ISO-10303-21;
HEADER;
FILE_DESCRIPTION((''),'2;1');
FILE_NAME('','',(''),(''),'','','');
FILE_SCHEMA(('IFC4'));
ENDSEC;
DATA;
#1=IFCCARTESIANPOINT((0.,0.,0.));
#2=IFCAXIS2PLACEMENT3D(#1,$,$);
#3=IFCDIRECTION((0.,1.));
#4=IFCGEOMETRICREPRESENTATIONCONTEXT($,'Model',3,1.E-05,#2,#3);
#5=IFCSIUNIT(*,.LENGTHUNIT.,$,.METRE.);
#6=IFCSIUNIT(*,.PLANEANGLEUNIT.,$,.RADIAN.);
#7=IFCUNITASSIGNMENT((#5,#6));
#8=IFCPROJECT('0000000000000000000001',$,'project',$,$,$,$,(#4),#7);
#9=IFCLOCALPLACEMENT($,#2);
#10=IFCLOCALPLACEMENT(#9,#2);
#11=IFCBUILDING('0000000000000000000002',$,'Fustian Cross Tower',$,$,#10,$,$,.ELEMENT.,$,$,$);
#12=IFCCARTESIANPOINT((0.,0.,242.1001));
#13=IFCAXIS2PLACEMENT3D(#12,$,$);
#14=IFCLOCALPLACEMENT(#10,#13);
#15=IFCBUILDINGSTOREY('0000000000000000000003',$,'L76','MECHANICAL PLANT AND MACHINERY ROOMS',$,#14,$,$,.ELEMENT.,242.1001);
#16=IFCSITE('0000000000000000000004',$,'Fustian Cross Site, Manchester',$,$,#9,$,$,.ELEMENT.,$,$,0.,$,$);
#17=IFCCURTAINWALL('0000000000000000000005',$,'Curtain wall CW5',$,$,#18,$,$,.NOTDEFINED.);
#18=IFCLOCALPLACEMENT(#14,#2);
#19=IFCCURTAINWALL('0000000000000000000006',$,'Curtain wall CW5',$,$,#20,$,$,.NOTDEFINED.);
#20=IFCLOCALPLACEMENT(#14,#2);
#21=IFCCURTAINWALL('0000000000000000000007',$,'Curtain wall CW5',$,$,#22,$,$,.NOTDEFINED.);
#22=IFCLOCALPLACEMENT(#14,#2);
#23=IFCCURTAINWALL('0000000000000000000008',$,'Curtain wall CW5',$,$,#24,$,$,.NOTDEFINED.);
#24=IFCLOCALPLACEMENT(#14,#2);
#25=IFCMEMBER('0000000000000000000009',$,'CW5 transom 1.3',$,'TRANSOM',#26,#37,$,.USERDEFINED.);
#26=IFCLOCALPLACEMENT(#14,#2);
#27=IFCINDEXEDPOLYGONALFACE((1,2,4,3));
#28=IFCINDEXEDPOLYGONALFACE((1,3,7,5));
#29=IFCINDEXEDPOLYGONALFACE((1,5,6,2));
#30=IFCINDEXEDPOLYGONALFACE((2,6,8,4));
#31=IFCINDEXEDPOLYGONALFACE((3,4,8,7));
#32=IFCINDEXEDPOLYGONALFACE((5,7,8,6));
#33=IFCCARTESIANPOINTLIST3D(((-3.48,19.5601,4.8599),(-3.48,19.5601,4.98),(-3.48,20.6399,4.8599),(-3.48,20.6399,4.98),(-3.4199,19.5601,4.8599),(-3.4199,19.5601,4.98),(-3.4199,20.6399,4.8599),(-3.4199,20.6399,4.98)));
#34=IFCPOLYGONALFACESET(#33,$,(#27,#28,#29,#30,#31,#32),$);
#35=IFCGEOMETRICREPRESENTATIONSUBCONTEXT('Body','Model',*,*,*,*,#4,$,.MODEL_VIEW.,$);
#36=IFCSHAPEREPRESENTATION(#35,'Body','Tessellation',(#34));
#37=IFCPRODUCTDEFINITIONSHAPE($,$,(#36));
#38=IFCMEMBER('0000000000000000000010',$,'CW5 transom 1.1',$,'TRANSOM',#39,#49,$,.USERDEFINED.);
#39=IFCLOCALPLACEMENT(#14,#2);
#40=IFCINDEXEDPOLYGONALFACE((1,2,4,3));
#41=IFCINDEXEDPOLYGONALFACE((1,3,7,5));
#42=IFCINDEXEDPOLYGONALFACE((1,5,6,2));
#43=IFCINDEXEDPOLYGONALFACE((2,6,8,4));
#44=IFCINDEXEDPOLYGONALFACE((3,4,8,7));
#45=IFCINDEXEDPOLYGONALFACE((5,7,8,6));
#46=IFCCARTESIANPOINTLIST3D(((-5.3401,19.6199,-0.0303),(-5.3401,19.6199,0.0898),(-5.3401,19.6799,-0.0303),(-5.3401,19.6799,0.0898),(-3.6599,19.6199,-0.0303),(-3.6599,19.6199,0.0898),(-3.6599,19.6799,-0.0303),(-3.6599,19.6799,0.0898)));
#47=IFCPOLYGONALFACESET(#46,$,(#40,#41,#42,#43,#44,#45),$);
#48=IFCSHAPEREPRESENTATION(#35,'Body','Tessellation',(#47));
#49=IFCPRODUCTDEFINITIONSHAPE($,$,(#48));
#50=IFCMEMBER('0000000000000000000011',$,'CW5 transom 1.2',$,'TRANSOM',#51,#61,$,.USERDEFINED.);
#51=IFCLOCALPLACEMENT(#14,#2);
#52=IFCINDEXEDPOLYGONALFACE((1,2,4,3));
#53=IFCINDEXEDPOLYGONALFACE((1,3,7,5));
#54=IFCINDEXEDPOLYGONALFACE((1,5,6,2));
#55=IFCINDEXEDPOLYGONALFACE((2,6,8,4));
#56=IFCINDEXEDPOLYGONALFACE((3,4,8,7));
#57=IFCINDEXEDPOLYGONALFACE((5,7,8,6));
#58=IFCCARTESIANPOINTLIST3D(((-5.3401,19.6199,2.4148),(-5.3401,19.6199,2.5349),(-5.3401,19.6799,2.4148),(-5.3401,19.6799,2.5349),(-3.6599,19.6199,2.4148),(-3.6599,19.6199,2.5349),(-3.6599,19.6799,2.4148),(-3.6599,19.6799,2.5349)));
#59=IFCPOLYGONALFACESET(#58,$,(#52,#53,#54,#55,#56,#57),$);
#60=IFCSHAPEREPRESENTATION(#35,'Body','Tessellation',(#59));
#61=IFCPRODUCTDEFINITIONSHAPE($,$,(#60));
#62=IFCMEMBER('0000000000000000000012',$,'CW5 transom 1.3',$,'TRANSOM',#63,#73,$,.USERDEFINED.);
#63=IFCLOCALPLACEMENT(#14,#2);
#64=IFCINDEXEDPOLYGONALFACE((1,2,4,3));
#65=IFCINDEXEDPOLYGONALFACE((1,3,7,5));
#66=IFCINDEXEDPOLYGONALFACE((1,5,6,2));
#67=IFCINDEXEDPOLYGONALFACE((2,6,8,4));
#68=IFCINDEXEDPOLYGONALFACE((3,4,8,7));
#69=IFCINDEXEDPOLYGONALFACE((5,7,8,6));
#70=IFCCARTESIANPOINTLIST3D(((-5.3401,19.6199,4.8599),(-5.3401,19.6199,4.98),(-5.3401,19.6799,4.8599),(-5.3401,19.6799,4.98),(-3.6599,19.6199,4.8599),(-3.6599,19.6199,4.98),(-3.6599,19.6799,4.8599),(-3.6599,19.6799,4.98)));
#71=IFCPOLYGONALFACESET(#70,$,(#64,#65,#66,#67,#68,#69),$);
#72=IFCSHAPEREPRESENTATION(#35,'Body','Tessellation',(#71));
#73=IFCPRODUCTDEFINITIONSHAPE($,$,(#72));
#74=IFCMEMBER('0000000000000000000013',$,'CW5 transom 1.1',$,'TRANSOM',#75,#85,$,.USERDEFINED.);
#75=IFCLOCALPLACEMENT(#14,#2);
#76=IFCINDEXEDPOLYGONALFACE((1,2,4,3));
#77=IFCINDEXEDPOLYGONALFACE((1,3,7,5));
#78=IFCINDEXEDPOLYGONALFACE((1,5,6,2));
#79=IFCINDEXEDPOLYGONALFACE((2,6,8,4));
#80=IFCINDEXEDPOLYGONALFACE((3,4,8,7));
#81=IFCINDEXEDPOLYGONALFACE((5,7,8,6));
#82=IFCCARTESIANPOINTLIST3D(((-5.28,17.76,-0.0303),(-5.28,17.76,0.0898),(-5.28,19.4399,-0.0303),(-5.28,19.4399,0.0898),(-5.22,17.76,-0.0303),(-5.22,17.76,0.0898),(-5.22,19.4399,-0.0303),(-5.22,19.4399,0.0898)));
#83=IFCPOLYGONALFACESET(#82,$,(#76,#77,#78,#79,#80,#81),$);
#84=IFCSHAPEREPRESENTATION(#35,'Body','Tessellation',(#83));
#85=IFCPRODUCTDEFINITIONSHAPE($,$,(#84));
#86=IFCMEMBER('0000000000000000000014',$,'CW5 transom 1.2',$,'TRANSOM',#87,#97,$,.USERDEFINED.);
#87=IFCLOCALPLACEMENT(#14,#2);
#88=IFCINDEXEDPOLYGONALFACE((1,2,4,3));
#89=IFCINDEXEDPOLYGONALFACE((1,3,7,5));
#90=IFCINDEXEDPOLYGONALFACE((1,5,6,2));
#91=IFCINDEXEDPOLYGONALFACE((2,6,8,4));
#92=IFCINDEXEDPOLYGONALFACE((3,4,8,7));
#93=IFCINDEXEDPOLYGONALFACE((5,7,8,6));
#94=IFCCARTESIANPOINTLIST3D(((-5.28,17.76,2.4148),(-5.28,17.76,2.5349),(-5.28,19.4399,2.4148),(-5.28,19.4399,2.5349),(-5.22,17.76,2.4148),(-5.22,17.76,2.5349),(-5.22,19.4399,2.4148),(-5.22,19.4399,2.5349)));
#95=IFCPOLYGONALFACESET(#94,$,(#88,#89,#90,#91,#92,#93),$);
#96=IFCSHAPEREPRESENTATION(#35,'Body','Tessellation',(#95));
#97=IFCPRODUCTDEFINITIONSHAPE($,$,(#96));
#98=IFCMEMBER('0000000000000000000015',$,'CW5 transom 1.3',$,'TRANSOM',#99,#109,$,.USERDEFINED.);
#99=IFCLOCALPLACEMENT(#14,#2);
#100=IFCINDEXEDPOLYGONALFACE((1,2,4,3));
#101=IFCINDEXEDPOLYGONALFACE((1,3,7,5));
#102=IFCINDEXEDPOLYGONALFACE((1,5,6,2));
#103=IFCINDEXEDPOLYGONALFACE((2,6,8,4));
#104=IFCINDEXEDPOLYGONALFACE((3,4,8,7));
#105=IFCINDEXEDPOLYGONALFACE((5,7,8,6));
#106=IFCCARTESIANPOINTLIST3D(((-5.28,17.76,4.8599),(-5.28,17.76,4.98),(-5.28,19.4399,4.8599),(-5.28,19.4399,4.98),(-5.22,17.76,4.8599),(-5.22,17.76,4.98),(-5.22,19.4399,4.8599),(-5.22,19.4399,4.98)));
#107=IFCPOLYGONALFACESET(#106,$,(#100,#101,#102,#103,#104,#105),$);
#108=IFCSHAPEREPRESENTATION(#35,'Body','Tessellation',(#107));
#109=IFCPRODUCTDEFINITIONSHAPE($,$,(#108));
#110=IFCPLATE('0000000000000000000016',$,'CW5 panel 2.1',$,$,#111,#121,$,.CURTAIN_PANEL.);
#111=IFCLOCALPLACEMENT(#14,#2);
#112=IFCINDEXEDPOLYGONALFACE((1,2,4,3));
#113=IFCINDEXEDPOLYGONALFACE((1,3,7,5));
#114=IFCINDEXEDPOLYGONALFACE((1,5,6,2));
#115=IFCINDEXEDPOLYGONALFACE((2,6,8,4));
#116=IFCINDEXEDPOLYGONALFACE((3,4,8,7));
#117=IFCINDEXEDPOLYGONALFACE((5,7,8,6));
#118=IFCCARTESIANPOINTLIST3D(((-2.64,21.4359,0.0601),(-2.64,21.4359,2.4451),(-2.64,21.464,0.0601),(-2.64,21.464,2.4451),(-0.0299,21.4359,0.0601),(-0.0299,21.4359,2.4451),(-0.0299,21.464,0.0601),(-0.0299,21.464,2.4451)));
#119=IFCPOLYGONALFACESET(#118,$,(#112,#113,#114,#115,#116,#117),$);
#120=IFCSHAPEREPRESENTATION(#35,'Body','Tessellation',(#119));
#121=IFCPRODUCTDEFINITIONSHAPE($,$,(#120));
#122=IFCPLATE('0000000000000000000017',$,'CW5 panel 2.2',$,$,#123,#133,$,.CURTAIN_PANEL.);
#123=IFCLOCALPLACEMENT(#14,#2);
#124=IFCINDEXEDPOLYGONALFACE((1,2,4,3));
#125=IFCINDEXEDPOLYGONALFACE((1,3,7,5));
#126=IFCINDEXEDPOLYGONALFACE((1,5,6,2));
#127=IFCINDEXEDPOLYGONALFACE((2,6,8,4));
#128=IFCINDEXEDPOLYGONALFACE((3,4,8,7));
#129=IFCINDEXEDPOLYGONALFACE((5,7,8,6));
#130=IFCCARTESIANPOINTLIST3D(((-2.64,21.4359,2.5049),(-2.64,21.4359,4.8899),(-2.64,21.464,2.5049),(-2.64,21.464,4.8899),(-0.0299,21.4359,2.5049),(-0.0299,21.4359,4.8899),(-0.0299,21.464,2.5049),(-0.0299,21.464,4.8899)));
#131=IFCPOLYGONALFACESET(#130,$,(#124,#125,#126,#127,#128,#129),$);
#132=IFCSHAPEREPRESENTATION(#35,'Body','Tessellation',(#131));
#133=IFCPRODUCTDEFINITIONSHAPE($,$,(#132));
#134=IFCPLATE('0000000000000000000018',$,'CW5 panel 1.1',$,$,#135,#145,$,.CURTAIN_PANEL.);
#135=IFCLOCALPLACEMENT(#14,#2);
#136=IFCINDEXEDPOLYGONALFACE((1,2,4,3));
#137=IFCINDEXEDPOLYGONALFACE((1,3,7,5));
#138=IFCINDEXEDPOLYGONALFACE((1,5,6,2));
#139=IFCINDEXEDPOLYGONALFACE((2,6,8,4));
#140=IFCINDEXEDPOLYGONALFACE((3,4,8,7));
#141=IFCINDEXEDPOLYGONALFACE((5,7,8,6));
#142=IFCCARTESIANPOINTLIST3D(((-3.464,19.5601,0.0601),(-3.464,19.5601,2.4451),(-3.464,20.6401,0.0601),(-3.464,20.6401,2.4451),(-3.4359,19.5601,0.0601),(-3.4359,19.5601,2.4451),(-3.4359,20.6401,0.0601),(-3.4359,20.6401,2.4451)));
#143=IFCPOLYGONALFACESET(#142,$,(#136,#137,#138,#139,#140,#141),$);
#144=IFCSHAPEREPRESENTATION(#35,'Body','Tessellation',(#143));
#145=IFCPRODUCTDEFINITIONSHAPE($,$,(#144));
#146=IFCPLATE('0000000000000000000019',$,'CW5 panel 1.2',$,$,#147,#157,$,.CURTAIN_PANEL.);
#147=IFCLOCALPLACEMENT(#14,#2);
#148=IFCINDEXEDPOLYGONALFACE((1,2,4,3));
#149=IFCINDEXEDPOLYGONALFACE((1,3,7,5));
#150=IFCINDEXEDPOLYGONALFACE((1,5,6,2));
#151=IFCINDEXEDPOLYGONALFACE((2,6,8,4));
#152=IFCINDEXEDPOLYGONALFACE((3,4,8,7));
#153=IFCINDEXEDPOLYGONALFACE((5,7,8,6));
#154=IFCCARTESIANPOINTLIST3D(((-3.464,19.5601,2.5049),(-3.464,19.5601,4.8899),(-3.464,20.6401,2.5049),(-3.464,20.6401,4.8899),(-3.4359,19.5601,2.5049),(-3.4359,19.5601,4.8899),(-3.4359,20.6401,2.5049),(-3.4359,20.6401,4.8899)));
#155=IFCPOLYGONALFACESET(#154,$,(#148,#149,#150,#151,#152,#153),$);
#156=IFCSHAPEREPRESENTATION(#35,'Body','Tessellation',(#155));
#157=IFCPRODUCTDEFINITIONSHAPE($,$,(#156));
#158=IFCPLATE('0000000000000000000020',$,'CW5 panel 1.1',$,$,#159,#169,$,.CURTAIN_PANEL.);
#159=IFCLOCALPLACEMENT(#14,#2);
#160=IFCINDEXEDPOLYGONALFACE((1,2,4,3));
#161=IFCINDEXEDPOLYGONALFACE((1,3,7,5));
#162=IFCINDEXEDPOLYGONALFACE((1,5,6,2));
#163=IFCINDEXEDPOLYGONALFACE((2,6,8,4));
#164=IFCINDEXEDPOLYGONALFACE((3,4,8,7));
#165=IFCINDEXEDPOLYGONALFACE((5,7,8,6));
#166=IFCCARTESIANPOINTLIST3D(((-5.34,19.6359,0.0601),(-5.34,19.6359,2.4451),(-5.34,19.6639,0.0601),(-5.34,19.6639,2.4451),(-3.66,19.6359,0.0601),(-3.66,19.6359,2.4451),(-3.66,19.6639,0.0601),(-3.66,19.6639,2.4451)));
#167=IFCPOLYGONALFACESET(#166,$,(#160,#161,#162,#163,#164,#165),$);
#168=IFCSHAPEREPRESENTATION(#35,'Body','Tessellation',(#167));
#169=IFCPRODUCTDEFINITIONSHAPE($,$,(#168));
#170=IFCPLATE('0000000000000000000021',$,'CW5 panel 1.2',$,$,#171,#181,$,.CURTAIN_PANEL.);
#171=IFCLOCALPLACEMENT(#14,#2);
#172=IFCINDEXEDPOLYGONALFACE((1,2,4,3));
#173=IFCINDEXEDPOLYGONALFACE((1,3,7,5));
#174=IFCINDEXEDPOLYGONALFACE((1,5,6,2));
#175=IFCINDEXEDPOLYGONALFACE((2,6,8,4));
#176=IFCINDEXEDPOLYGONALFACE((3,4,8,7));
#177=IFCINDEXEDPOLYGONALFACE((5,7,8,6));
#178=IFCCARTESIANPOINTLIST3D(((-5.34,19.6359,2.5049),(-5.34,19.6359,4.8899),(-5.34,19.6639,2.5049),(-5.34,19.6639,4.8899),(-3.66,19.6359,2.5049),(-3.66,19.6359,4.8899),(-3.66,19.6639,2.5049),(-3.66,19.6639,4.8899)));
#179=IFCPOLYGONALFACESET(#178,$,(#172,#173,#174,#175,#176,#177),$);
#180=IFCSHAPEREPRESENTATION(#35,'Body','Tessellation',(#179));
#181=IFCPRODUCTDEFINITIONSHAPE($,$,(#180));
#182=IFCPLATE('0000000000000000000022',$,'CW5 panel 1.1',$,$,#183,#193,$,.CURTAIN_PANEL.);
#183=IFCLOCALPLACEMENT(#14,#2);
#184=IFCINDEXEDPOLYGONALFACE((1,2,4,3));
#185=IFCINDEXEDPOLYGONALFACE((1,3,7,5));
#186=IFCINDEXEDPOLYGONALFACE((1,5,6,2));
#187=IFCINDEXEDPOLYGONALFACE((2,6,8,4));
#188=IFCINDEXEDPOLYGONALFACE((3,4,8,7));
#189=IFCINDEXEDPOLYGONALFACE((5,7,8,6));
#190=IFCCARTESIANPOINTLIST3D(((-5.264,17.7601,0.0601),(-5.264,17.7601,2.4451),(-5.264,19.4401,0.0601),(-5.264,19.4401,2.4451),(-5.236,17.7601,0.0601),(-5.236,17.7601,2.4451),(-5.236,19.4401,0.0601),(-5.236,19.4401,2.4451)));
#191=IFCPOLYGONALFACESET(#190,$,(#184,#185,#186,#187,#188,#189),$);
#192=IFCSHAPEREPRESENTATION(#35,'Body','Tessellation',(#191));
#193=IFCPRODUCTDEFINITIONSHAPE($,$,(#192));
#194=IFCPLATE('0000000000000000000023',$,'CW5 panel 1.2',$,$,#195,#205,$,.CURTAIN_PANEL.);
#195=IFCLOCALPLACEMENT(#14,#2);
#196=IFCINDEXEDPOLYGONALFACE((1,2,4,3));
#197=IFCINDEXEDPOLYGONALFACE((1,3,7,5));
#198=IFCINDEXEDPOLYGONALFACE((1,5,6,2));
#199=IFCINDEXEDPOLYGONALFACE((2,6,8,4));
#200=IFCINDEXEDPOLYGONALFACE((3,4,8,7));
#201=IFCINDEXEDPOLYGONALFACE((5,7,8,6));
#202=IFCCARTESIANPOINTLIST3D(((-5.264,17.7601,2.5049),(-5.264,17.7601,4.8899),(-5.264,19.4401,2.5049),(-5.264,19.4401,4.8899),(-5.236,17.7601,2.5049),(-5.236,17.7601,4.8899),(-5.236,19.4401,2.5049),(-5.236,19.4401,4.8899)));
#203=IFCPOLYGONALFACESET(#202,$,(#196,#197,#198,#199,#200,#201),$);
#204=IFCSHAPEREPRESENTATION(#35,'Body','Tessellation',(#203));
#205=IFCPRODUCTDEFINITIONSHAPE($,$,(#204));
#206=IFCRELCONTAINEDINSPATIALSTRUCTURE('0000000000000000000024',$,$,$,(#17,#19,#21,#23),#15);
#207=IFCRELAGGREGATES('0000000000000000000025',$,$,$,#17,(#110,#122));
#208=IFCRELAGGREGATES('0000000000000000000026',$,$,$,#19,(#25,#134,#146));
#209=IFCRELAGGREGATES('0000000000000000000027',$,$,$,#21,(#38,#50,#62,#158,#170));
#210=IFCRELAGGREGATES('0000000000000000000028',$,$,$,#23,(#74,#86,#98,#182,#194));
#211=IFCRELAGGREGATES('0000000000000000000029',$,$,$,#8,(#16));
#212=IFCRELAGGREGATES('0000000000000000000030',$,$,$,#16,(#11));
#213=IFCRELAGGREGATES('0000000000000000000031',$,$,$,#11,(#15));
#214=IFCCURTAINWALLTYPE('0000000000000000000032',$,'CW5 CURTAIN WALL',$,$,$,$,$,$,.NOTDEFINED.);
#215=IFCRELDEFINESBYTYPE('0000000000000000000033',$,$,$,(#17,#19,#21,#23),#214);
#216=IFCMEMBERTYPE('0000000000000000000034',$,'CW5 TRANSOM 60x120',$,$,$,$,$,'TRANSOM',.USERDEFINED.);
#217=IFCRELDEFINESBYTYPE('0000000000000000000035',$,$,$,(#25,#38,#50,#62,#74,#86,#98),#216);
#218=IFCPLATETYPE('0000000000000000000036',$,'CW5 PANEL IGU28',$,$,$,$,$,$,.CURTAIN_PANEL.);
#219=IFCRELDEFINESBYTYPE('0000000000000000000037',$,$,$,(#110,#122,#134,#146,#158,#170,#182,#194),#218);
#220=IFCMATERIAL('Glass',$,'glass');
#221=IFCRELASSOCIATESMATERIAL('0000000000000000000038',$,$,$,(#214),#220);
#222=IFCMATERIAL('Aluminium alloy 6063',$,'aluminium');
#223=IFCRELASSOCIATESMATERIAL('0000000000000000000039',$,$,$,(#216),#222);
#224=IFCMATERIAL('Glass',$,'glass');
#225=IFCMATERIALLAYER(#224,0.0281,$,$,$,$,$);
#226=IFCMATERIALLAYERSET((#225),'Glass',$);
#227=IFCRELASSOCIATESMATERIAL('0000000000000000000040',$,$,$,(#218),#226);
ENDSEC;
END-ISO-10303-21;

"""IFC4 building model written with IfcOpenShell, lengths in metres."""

from ifc_helpers import new_model, si_unit, direction, frame, origin, origin_2d, place, context, subcontext, project, spatial, rectangle, extrude, material, layer, layer_set, material_profile, profile_set, type_object, element, aggregate, save


model = new_model("IFC4")

# Units and contexts
model_context = context("Model", 3, precision=1e-05, world=origin(), true_north=direction((0.0, 1.0)))
body_context = subcontext(model_context, "Body", "Model", "MODEL_VIEW")
ifc_project = project(units=[si_unit("LENGTHUNIT", "METRE"), si_unit("PLANEANGLEUNIT", "RADIAN")], contexts=[model_context])

# Site, building, storey
site_placement = place(None, origin())
site = spatial("IfcSite", under=ifc_project, at=site_placement, Name="Fustian Cross Site, Manchester", CompositionType="ELEMENT", RefElevation=0.0)
building_placement = place(site_placement, origin())
building = spatial("IfcBuilding", under=site, at=building_placement, Name="Fustian Cross Tower", CompositionType="ELEMENT")
storey_placement = place(building_placement, frame((0.0, 0.0, 242.1001)))
storey = spatial("IfcBuildingStorey", under=building, at=storey_placement, Name="L76", Description="MECHANICAL PLANT AND MACHINERY ROOMS", CompositionType="ELEMENT", Elevation=242.1001)

# Curtain walls
ifc_material_1 = material(Name="Glass", Category="glass")
curtain_wall_type = type_object("IfcCurtainWallType", Name="CW5 CURTAIN WALL", PredefinedType="NOTDEFINED", material=ifc_material_1)
curtain_wall_1_placement = place(storey_placement, origin())
curtain_wall_1 = element("IfcCurtainWall", 1, at=curtain_wall_1_placement, inside=storey, type_object=curtain_wall_type, Name="Curtain wall CW5", PredefinedType="NOTDEFINED")
curtain_wall_2_placement = place(storey_placement, origin())
curtain_wall_2 = element("IfcCurtainWall", 2, at=curtain_wall_2_placement, inside=storey, type_object=curtain_wall_type, Name="Curtain wall CW5", PredefinedType="NOTDEFINED")
curtain_wall_3_placement = place(storey_placement, origin())
curtain_wall_3 = element("IfcCurtainWall", 3, at=curtain_wall_3_placement, inside=storey, type_object=curtain_wall_type, Name="Curtain wall CW5", PredefinedType="NOTDEFINED")
curtain_wall_4_placement = place(storey_placement, origin())
curtain_wall_4 = element("IfcCurtainWall", 4, at=curtain_wall_4_placement, inside=storey, type_object=curtain_wall_type, Name="Curtain wall CW5", PredefinedType="NOTDEFINED")

# Members
ifc_material_2 = material(Name="Aluminium alloy 6063", Category="aluminium")
ifc_material_profile_1 = material_profile(ifc_material_2, rectangle(XDim=0.0601, YDim=0.1201, at=origin_2d()), Name="CW5 TRANSOM 60x120")
ifc_profile_set_1 = profile_set([ifc_material_profile_1], Name="Aluminium alloy 6063")
member_type_1 = type_object("IfcMemberType", Name="CW5 TRANSOM 60x120", ElementType="TRANSOM", PredefinedType="USERDEFINED", material=ifc_profile_set_1)
member_1_placement = place(storey_placement, frame((-3.45, 20.6399, 4.9199), z_axis=(0.0, -1.0, 0.0), x_axis=(1.0, 0.0, 0.0)))
member_1 = element("IfcMember", 5, at=member_1_placement, type_object=member_type_1, Name="CW5 transom 1.3", ObjectType="TRANSOM", PredefinedType="USERDEFINED", context=body_context, shape_type="SweptSolid", body=[
    extrude(rectangle(XDim=0.0601, YDim=0.1201, at=origin_2d()), origin(), (0.0, 0.0, 1.0), 1.0798),
])
member_2_placement = place(storey_placement, frame((-3.6599, 19.6499, 0.0298), z_axis=(-1.0, 0.0, 0.0), x_axis=(0.0, -1.0, 0.0)))
member_2 = element("IfcMember", 6, at=member_2_placement, type_object=member_type_1, Name="CW5 transom 1.1", ObjectType="TRANSOM", PredefinedType="USERDEFINED", context=body_context, shape_type="SweptSolid", body=[
    extrude(rectangle(XDim=0.0601, YDim=0.1201, at=origin_2d()), origin(), (0.0, 0.0, 1.0), 1.6802),
])
member_3_placement = place(storey_placement, frame((-3.6599, 19.6499, 2.4749), z_axis=(-1.0, 0.0, 0.0), x_axis=(0.0, -1.0, 0.0)))
member_3 = element("IfcMember", 7, at=member_3_placement, type_object=member_type_1, Name="CW5 transom 1.2", ObjectType="TRANSOM", PredefinedType="USERDEFINED", context=body_context, shape_type="SweptSolid", body=[
    extrude(rectangle(XDim=0.0601, YDim=0.1201, at=origin_2d()), origin(), (0.0, 0.0, 1.0), 1.6802),
])
member_4_placement = place(storey_placement, frame((-3.6599, 19.6499, 4.9199), z_axis=(-1.0, 0.0, 0.0), x_axis=(0.0, -1.0, 0.0)))
member_4 = element("IfcMember", 8, at=member_4_placement, type_object=member_type_1, Name="CW5 transom 1.3", ObjectType="TRANSOM", PredefinedType="USERDEFINED", context=body_context, shape_type="SweptSolid", body=[
    extrude(rectangle(XDim=0.0601, YDim=0.1201, at=origin_2d()), origin(), (0.0, 0.0, 1.0), 1.6802),
])
member_5_placement = place(storey_placement, frame((-5.25, 19.4399, 0.0298), z_axis=(0.0, -1.0, 0.0), x_axis=(1.0, 0.0, 0.0)))
member_5 = element("IfcMember", 9, at=member_5_placement, type_object=member_type_1, Name="CW5 transom 1.1", ObjectType="TRANSOM", PredefinedType="USERDEFINED", context=body_context, shape_type="SweptSolid", body=[
    extrude(rectangle(XDim=0.0601, YDim=0.1201, at=origin_2d()), origin(), (0.0, 0.0, 1.0), 1.6799),
])
member_6_placement = place(storey_placement, frame((-5.25, 19.4399, 2.4749), z_axis=(0.0, -1.0, 0.0), x_axis=(1.0, 0.0, 0.0)))
member_6 = element("IfcMember", 10, at=member_6_placement, type_object=member_type_1, Name="CW5 transom 1.2", ObjectType="TRANSOM", PredefinedType="USERDEFINED", context=body_context, shape_type="SweptSolid", body=[
    extrude(rectangle(XDim=0.0601, YDim=0.1201, at=origin_2d()), origin(), (0.0, 0.0, 1.0), 1.6799),
])
member_7_placement = place(storey_placement, frame((-5.25, 19.4399, 4.9199), z_axis=(0.0, -1.0, 0.0), x_axis=(1.0, 0.0, 0.0)))
member_7 = element("IfcMember", 11, at=member_7_placement, type_object=member_type_1, Name="CW5 transom 1.3", ObjectType="TRANSOM", PredefinedType="USERDEFINED", context=body_context, shape_type="SweptSolid", body=[
    extrude(rectangle(XDim=0.0601, YDim=0.1201, at=origin_2d()), origin(), (0.0, 0.0, 1.0), 1.6799),
])

# Plates
ifc_material_3 = material(Name="Glass", Category="glass")
ifc_layer_1 = layer(ifc_material_3, 0.0281)
ifc_layer_set_1 = layer_set([ifc_layer_1], Name="Glass")
plate_type = type_object("IfcPlateType", Name="CW5 PANEL IGU28", PredefinedType="CURTAIN_PANEL", material=ifc_layer_set_1)
plate_1_placement = place(storey_placement, frame((-1.335, 21.45, 0.0601), z_axis=(0.0, 0.0, 1.0), x_axis=(-1.0, 0.0, 0.0)))
plate_1 = element("IfcPlate", 12, at=plate_1_placement, type_object=plate_type, Name="CW5 panel 2.1", PredefinedType="CURTAIN_PANEL", context=body_context, shape_type="SweptSolid", body=[
    extrude(rectangle(XDim=2.6101, YDim=0.0281, at=origin_2d()), origin(), (0.0, 0.0, 1.0), 2.385),
])
plate_2_placement = place(storey_placement, frame((-1.335, 21.45, 2.5049), z_axis=(0.0, 0.0, 1.0), x_axis=(-1.0, 0.0, 0.0)))
plate_2 = element("IfcPlate", 13, at=plate_2_placement, type_object=plate_type, Name="CW5 panel 2.2", PredefinedType="CURTAIN_PANEL", context=body_context, shape_type="SweptSolid", body=[
    extrude(rectangle(XDim=2.6101, YDim=0.0281, at=origin_2d()), origin(), (0.0, 0.0, 1.0), 2.385),
])
aggregate(curtain_wall_1, [plate_1, plate_2])
plate_3_placement = place(storey_placement, frame((-3.45, 20.1001, 0.0601), z_axis=(0.0, 0.0, 1.0), x_axis=(0.0, -1.0, 0.0)))
plate_3 = element("IfcPlate", 14, at=plate_3_placement, type_object=plate_type, Name="CW5 panel 1.1", PredefinedType="CURTAIN_PANEL", context=body_context, shape_type="SweptSolid", body=[
    extrude(rectangle(XDim=1.0801, YDim=0.0281, at=origin_2d()), origin(), (0.0, 0.0, 1.0), 2.385),
])
plate_4_placement = place(storey_placement, frame((-3.45, 20.1001, 2.5049), z_axis=(0.0, 0.0, 1.0), x_axis=(0.0, -1.0, 0.0)))
plate_4 = element("IfcPlate", 15, at=plate_4_placement, type_object=plate_type, Name="CW5 panel 1.2", PredefinedType="CURTAIN_PANEL", context=body_context, shape_type="SweptSolid", body=[
    extrude(rectangle(XDim=1.0801, YDim=0.0281, at=origin_2d()), origin(), (0.0, 0.0, 1.0), 2.385),
])
aggregate(curtain_wall_2, [member_1, plate_3, plate_4])
plate_5_placement = place(storey_placement, frame((-4.5, 19.6499, 0.0601), z_axis=(0.0, 0.0, 1.0), x_axis=(-1.0, 0.0, 0.0)))
plate_5 = element("IfcPlate", 16, at=plate_5_placement, type_object=plate_type, Name="CW5 panel 1.1", PredefinedType="CURTAIN_PANEL", context=body_context, shape_type="SweptSolid", body=[
    extrude(rectangle(XDim=1.6799, YDim=0.0281, at=origin_2d()), origin(), (0.0, 0.0, 1.0), 2.385),
])
plate_6_placement = place(storey_placement, frame((-4.5, 19.6499, 2.5049), z_axis=(0.0, 0.0, 1.0), x_axis=(-1.0, 0.0, 0.0)))
plate_6 = element("IfcPlate", 17, at=plate_6_placement, type_object=plate_type, Name="CW5 panel 1.2", PredefinedType="CURTAIN_PANEL", context=body_context, shape_type="SweptSolid", body=[
    extrude(rectangle(XDim=1.6799, YDim=0.0281, at=origin_2d()), origin(), (0.0, 0.0, 1.0), 2.385),
])
aggregate(curtain_wall_3, [member_2, member_3, member_4, plate_5, plate_6])
plate_7_placement = place(storey_placement, frame((-5.25, 18.6001, 0.0601), z_axis=(0.0, 0.0, 1.0), x_axis=(0.0, -1.0, 0.0)))
plate_7 = element("IfcPlate", 18, at=plate_7_placement, type_object=plate_type, Name="CW5 panel 1.1", PredefinedType="CURTAIN_PANEL", context=body_context, shape_type="SweptSolid", body=[
    extrude(rectangle(XDim=1.6799, YDim=0.0281, at=origin_2d()), origin(), (0.0, 0.0, 1.0), 2.385),
])
plate_8_placement = place(storey_placement, frame((-5.25, 18.6001, 2.5049), z_axis=(0.0, 0.0, 1.0), x_axis=(0.0, -1.0, 0.0)))
plate_8 = element("IfcPlate", 19, at=plate_8_placement, type_object=plate_type, Name="CW5 panel 1.2", PredefinedType="CURTAIN_PANEL", context=body_context, shape_type="SweptSolid", body=[
    extrude(rectangle(XDim=1.6799, YDim=0.0281, at=origin_2d()), origin(), (0.0, 0.0, 1.0), 2.385),
])
aggregate(curtain_wall_4, [member_5, member_6, member_7, plate_7, plate_8])

save(model, "model.ifc")
